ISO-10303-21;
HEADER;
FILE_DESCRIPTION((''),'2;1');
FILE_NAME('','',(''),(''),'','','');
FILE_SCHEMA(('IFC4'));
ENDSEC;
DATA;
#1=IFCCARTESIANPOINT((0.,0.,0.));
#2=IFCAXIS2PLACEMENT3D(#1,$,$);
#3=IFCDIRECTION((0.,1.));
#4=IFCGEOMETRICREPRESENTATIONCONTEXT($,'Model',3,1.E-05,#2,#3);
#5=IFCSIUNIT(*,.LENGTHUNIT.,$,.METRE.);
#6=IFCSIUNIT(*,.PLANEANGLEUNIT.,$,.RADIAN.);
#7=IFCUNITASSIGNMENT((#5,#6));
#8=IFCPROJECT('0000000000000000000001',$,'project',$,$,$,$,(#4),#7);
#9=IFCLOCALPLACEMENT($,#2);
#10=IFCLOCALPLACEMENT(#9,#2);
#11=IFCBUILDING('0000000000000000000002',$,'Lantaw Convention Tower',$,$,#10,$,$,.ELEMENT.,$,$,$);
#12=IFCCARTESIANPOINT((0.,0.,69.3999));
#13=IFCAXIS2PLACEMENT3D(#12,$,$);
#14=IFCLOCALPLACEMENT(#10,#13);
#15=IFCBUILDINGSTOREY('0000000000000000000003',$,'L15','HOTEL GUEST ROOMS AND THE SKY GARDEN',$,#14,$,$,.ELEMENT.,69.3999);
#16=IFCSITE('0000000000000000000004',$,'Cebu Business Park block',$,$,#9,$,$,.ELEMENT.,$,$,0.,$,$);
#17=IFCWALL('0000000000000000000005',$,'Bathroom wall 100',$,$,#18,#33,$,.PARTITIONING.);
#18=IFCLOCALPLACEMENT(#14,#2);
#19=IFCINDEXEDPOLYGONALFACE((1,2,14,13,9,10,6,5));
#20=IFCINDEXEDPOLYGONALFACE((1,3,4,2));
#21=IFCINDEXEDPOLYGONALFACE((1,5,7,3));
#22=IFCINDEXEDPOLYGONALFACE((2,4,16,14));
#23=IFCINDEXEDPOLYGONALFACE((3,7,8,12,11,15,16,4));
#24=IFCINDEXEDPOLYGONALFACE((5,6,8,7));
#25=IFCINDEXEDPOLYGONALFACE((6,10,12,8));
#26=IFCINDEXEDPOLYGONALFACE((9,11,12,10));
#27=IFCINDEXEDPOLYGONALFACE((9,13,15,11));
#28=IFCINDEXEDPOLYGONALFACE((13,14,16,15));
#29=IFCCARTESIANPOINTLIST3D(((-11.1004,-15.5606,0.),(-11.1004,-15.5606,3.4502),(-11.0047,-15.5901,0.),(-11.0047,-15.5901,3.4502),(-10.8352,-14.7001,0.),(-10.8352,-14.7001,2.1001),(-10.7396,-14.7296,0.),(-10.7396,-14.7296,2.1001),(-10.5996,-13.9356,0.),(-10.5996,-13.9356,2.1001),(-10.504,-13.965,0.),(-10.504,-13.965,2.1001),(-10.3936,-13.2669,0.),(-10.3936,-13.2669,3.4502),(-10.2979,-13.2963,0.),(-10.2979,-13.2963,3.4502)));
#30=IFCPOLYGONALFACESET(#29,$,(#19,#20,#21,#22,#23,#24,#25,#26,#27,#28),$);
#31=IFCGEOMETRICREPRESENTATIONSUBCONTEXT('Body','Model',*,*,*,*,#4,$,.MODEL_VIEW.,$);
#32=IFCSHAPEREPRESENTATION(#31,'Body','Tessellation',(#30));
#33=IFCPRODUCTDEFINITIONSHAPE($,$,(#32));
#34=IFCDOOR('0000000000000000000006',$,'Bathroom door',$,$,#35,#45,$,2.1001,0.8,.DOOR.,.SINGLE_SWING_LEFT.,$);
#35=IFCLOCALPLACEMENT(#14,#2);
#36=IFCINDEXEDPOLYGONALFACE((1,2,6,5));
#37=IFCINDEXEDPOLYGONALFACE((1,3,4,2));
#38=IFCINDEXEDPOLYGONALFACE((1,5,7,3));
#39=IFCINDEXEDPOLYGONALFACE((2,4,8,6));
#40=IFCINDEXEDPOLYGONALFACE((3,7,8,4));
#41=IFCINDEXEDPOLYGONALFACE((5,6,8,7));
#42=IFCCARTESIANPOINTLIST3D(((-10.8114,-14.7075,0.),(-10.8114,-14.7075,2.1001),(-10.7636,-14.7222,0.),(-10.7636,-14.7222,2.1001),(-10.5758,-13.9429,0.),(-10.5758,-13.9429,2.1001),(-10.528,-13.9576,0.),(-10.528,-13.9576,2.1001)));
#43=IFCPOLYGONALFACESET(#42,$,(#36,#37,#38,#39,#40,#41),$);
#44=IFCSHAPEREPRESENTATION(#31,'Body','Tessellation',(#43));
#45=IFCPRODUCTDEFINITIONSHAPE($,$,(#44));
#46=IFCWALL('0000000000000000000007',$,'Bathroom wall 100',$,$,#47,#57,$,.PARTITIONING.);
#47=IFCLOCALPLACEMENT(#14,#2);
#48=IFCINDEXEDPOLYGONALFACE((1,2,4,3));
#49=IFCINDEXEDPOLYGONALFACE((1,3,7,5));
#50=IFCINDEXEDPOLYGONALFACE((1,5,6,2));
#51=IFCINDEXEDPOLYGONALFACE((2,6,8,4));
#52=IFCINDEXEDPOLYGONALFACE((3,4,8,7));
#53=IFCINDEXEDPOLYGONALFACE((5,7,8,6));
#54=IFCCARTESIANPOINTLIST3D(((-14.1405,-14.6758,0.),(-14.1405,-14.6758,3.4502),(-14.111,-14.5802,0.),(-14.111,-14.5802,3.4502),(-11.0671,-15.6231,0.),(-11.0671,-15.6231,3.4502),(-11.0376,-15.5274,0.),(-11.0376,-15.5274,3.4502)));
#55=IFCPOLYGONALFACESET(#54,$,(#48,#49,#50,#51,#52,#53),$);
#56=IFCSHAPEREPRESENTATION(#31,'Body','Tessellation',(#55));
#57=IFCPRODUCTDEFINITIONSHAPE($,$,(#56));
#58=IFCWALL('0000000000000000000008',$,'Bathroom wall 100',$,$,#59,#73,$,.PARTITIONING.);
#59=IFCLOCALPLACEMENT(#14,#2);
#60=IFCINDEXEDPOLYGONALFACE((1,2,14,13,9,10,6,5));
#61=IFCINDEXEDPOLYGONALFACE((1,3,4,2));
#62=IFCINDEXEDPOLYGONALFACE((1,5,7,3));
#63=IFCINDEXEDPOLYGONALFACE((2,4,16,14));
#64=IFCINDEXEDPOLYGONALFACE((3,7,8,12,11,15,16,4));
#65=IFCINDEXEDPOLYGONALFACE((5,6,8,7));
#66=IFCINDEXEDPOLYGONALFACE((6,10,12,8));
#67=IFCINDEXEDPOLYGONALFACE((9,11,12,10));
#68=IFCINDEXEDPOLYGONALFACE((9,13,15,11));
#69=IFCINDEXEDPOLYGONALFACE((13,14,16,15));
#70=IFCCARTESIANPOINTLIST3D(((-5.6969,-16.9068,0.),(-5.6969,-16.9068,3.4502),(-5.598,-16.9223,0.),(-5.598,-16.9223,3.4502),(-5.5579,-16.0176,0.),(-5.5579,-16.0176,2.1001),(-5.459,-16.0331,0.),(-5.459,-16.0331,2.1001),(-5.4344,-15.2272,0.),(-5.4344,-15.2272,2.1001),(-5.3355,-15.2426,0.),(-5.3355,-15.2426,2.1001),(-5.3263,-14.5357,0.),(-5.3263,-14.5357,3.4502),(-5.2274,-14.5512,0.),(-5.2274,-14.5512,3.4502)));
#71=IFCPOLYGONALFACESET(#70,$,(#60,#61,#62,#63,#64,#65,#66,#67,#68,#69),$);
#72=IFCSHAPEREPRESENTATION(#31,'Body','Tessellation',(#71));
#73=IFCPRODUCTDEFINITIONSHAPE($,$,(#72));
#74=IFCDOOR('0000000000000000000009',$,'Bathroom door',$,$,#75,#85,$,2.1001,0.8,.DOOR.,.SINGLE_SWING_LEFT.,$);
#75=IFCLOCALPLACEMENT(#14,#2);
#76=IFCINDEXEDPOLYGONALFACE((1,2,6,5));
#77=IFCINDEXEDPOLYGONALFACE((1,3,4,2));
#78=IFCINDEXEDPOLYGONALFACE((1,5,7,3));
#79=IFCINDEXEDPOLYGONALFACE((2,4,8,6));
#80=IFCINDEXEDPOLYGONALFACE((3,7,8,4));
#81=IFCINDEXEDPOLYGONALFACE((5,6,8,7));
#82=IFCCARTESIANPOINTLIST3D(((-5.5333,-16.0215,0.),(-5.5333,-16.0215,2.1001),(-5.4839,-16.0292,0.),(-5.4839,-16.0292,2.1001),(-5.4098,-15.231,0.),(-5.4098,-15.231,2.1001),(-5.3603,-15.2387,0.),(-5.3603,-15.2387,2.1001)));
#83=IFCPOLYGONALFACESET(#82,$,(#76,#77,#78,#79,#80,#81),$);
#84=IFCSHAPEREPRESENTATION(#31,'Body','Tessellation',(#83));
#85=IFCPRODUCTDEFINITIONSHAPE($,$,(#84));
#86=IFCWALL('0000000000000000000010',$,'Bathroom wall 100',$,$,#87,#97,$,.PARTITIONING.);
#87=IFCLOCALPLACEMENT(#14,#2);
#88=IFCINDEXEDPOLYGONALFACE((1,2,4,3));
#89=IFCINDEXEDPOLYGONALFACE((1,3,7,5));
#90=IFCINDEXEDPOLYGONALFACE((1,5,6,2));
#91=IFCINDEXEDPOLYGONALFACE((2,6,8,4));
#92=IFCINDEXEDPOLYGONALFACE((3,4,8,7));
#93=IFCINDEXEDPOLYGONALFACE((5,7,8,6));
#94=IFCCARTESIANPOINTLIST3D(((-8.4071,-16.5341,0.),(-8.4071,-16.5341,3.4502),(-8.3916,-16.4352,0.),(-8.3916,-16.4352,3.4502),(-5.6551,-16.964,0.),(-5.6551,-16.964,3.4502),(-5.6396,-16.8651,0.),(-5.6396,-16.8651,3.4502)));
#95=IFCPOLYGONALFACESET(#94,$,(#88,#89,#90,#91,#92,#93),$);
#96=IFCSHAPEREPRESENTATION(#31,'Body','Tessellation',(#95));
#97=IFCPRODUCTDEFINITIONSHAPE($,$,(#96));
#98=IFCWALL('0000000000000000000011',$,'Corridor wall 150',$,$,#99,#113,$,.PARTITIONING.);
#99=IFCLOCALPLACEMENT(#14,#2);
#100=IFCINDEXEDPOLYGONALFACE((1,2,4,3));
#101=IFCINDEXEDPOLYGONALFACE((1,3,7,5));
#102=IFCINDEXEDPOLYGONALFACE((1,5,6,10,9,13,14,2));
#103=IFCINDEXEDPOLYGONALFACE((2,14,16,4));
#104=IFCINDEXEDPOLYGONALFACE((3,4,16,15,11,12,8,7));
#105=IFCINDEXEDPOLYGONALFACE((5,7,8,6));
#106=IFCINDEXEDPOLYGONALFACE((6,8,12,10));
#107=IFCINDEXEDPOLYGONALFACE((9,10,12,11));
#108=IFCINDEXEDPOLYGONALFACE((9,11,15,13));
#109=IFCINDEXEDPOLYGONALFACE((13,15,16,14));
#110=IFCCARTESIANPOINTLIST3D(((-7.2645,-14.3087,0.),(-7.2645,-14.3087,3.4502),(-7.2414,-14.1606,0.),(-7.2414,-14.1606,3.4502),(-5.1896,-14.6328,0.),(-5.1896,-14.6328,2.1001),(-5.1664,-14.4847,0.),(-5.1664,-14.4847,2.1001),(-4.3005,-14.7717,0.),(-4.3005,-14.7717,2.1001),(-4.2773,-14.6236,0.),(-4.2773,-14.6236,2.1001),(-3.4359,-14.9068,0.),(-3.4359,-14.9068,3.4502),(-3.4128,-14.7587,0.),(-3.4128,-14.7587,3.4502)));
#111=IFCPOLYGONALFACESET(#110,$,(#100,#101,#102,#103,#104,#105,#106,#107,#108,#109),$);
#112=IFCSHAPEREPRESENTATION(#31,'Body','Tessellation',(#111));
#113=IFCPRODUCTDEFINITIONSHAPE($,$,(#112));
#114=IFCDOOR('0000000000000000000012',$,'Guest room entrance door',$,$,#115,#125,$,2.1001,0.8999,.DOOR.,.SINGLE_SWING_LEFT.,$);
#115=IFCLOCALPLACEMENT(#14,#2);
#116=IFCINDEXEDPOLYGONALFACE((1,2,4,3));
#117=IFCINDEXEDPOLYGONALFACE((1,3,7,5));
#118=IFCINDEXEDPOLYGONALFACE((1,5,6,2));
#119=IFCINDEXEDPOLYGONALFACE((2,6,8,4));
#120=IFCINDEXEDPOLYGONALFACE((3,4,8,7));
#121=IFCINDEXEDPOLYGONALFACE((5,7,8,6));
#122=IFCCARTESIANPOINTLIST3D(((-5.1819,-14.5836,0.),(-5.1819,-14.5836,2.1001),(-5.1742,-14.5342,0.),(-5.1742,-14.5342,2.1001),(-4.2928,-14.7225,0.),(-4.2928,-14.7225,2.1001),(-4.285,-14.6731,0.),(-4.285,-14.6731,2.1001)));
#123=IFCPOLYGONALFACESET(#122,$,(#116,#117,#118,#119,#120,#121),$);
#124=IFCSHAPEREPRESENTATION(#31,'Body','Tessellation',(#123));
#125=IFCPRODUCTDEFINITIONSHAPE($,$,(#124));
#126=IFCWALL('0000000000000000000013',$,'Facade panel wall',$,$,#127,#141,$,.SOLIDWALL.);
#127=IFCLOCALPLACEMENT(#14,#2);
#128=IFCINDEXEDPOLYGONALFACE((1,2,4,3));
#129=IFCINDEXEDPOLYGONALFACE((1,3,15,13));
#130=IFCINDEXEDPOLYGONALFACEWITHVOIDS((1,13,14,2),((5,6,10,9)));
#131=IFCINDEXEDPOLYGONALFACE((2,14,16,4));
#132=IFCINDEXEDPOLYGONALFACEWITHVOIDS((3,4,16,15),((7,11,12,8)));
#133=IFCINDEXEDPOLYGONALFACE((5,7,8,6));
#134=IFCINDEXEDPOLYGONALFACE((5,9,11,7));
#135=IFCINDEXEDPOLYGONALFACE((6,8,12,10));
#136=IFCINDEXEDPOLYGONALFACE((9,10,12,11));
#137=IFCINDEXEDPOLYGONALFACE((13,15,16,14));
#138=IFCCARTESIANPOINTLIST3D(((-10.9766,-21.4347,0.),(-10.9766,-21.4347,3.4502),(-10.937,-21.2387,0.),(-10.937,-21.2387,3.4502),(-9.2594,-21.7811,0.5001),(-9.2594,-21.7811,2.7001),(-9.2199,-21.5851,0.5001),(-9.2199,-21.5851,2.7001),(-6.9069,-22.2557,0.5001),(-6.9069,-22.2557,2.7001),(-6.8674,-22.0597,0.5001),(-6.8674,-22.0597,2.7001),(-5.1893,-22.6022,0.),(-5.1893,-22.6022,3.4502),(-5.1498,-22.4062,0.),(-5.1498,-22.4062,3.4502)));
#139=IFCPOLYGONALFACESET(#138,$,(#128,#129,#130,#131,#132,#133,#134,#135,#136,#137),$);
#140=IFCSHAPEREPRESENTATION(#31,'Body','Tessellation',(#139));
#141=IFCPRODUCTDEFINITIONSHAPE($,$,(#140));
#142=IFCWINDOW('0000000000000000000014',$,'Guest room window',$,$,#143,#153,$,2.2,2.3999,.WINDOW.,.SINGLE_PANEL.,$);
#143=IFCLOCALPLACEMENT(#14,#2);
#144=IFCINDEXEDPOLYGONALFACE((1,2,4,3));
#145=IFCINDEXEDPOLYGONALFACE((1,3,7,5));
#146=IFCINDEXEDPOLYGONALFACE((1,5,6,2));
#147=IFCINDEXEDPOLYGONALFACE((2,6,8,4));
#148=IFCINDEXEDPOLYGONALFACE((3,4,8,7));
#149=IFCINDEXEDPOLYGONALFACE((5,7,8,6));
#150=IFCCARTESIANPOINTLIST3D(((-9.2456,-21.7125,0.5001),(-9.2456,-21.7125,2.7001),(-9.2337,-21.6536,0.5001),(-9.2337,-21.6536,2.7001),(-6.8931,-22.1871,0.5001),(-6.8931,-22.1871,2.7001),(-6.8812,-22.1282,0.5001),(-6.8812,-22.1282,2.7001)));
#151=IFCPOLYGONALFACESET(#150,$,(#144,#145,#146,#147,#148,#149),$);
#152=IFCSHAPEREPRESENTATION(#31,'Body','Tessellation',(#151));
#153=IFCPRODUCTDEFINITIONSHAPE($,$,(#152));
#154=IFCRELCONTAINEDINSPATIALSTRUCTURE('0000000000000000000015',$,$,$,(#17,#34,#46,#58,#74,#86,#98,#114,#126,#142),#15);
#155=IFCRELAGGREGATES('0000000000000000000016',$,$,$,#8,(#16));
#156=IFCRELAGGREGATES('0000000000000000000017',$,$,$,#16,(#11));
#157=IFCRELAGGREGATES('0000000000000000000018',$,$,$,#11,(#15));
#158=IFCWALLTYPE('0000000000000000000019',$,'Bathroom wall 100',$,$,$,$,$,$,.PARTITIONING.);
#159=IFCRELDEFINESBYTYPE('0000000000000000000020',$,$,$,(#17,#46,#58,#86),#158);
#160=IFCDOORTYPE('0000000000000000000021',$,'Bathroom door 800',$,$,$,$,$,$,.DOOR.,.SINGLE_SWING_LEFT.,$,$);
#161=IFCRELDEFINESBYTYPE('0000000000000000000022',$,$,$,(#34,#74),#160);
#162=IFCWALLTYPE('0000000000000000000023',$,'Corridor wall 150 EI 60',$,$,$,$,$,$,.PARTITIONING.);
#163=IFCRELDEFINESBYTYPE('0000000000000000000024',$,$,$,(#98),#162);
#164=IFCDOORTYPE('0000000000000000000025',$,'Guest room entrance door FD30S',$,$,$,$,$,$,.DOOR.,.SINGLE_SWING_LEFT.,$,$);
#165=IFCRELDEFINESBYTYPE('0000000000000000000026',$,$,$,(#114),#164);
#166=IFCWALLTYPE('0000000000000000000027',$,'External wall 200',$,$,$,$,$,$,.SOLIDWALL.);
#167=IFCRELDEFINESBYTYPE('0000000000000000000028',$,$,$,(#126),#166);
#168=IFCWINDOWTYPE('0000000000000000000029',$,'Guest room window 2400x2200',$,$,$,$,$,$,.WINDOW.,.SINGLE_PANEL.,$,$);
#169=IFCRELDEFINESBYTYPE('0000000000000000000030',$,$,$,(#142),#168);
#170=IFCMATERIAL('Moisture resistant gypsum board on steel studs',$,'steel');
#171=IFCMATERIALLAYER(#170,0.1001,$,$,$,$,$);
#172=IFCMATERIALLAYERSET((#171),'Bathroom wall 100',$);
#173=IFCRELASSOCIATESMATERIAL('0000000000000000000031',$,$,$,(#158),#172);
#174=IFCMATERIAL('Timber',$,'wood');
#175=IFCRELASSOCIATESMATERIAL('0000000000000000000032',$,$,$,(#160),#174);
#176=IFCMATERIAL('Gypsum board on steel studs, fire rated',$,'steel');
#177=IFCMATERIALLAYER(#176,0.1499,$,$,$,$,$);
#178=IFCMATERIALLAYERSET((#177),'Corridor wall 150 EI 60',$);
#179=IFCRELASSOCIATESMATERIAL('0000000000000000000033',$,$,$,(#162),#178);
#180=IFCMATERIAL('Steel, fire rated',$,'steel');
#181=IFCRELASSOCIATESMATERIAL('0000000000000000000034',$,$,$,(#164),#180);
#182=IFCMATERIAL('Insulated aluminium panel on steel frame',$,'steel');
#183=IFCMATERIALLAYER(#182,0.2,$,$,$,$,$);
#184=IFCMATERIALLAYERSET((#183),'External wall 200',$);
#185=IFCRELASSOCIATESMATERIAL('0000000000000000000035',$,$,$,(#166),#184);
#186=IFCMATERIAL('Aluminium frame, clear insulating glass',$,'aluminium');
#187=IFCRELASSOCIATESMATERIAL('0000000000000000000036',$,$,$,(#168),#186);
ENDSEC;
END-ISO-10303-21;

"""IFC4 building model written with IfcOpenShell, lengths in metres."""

from ifc_helpers import new_model, si_unit, direction, frame, frame_2d, origin, place, context, subcontext, project, spatial, rectangle, extrude, material, layer, layer_set, type_object, element, fill, save


model = new_model("IFC4")

# Units and contexts
model_context = context("Model", 3, precision=1e-05, world=origin(), true_north=direction((0.0, 1.0)))
body_context = subcontext(model_context, "Body", "Model", "MODEL_VIEW")
ifc_project = project(units=[si_unit("LENGTHUNIT", "METRE"), si_unit("PLANEANGLEUNIT", "RADIAN")], contexts=[model_context])

# Site, building, storey
site_placement = place(None, origin())
site = spatial("IfcSite", under=ifc_project, at=site_placement, Name="Cebu Business Park block", CompositionType="ELEMENT", RefElevation=0.0)
building_placement = place(site_placement, origin())
building = spatial("IfcBuilding", under=site, at=building_placement, Name="Lantaw Convention Tower", CompositionType="ELEMENT")
storey_placement = place(building_placement, frame((0.0, 0.0, 69.3999)))
storey = spatial("IfcBuildingStorey", under=building, at=storey_placement, Name="L15", Description="HOTEL GUEST ROOMS AND THE SKY GARDEN", CompositionType="ELEMENT", Elevation=69.3999)

# Wall, opening, door
ifc_material_1 = material(Name="Moisture resistant gypsum board on steel studs", Category="steel")
ifc_layer_1 = layer(ifc_material_1, 0.1001)
ifc_layer_set_1 = layer_set([ifc_layer_1], Name="Bathroom wall 100")
wall_type_1 = type_object("IfcWallType", Name="Bathroom wall 100", PredefinedType="PARTITIONING", material=ifc_layer_set_1)
wall_1_placement = place(storey_placement, frame((-10.3457, -13.2815, 0.0), z_axis=(0.0, 0.0, 1.0), x_axis=(-0.294479, -0.955658, 0.0)))
wall_1 = element("IfcWall", 1, at=wall_1_placement, inside=storey, type_object=wall_type_1, Name="Bathroom wall 100", PredefinedType="PARTITIONING", context=body_context, shape_type="SweptSolid", body=[
    extrude(rectangle(XDim=2.4001, YDim=0.1001, at=frame_2d((1.2002, 0.0))), origin(), (0.0, 0.0, 1.0), 3.4502),
])
opening_1_placement = place(wall_1_placement, frame((0.7, 0.0, 0.0)))
opening_1 = element("IfcOpeningElement", 2, at=opening_1_placement, cuts=wall_1, PredefinedType="OPENING", context=body_context, shape_type="SweptSolid", body=[
    extrude(rectangle(XDim=0.8, YDim=2.1001, at=frame_2d((0.3999, 1.05))), frame((0.0, 0.0601, 0.0), z_axis=(0.0, -1.0, 0.0), x_axis=(1.0, 0.0, 0.0)), (0.0, 0.0, 1.0), 0.1201),
])
ifc_material_2 = material(Name="Timber", Category="wood")
door_type_1 = type_object("IfcDoorType", Name="Bathroom door 800", OperationType="SINGLE_SWING_LEFT", PredefinedType="DOOR", material=ifc_material_2)
door_1_placement = place(opening_1_placement, origin())
door_1 = element("IfcDoor", 3, at=door_1_placement, inside=storey, type_object=door_type_1, Name="Bathroom door", OperationType="SINGLE_SWING_LEFT", OverallHeight=2.1001, OverallWidth=0.8, PredefinedType="DOOR", context=body_context, shape_type="SweptSolid", body=[
    extrude(rectangle(XDim=0.8, YDim=2.1001, at=frame_2d((0.3999, 1.05))), frame((0.0, 0.0249, 0.0), z_axis=(0.0, -1.0, 0.0), x_axis=(1.0, 0.0, 0.0)), (0.0, 0.0, 1.0), 0.05),
])
fill(opening_1, door_1)

# Wall
wall_2_placement = place(storey_placement, frame((-11.0525, -15.5752, 0.0), z_axis=(0.0, 0.0, 1.0), x_axis=(-0.955641, 0.294534, 0.0)))
element("IfcWall", 4, at=wall_2_placement, inside=storey, type_object=wall_type_1, Name="Bathroom wall 100", PredefinedType="PARTITIONING", context=body_context, shape_type="SweptSolid", body=[
    extrude(rectangle(XDim=3.2161, YDim=0.1001, at=frame_2d((1.6079, 0.0))), origin(), (0.0, 0.0, 1.0), 3.4502),
])

# Wall, opening, door
wall_3_placement = place(storey_placement, frame((-5.2769, -14.5435, 0.0), z_axis=(0.0, 0.0, 1.0), x_axis=(-0.154427, -0.988004, 0.0)))
wall_3 = element("IfcWall", 5, at=wall_3_placement, inside=storey, type_object=wall_type_1, Name="Bathroom wall 100", PredefinedType="PARTITIONING", context=body_context, shape_type="SweptSolid", body=[
    extrude(rectangle(XDim=2.3999, YDim=0.1001, at=frame_2d((1.2, 0.0))), origin(), (0.0, 0.0, 1.0), 3.4502),
])
opening_2_placement = place(wall_3_placement, frame((0.7, 0.0, 0.0)))
opening_2 = element("IfcOpeningElement", 6, at=opening_2_placement, cuts=wall_3, PredefinedType="OPENING", context=body_context, shape_type="SweptSolid", body=[
    extrude(rectangle(XDim=0.8, YDim=2.1001, at=frame_2d((0.3999, 1.05))), frame((0.0, 0.0601, 0.0), z_axis=(0.0, -1.0, 0.0), x_axis=(1.0, 0.0, 0.0)), (0.0, 0.0, 1.0), 0.1201),
])
door_2_placement = place(opening_2_placement, origin())
door_2 = element("IfcDoor", 7, at=door_2_placement, inside=storey, type_object=door_type_1, Name="Bathroom door", OperationType="SINGLE_SWING_LEFT", OverallHeight=2.1001, OverallWidth=0.8, PredefinedType="DOOR", context=body_context, shape_type="SweptSolid", body=[
    extrude(rectangle(XDim=0.8, YDim=2.1001, at=frame_2d((0.3999, 1.05))), frame((0.0, 0.0249, 0.0), z_axis=(0.0, -1.0, 0.0), x_axis=(1.0, 0.0, 0.0)), (0.0, 0.0, 1.0), 0.05),
])
fill(opening_2, door_2)

# Wall
wall_4_placement = place(storey_placement, frame((-5.6475, -16.9146, 0.0), z_axis=(0.0, 0.0, 1.0), x_axis=(-0.988015, 0.154355, 0.0)))
element("IfcWall", 8, at=wall_4_placement, inside=storey, type_object=wall_type_1, Name="Bathroom wall 100", PredefinedType="PARTITIONING", context=body_context, shape_type="SweptSolid", body=[
    extrude(rectangle(XDim=2.7854, YDim=0.1001, at=frame_2d((1.3926, 0.0))), origin(), (0.0, 0.0, 1.0), 3.4502),
])

# Wall, opening, door
ifc_material_3 = material(Name="Gypsum board on steel studs, fire rated", Category="steel")
ifc_layer_2 = layer(ifc_material_3, 0.1499)
ifc_layer_set_2 = layer_set([ifc_layer_2], Name="Corridor wall 150 EI 60")
wall_type_2 = type_object("IfcWallType", Name="Corridor wall 150 EI 60", PredefinedType="PARTITIONING", material=ifc_layer_set_2)
wall_5_placement = place(storey_placement, frame((-7.2529, -14.2346, 0.0), z_axis=(0.0, 0.0, 1.0), x_axis=(0.988015, -0.154358, 0.0)))
wall_5 = element("IfcWall", 9, at=wall_5_placement, inside=storey, type_object=wall_type_2, Name="Corridor wall 150", PredefinedType="PARTITIONING", context=body_context, shape_type="SweptSolid", body=[
    extrude(rectangle(XDim=3.875, YDim=0.1499, at=frame_2d((1.9375, 0.0))), origin(), (0.0, 0.0, 1.0), 3.4502),
])
opening_3_placement = place(wall_5_placement, frame((2.1001, 0.0, 0.0)))
opening_3 = element("IfcOpeningElement", 10, at=opening_3_placement, cuts=wall_5, PredefinedType="OPENING", context=body_context, shape_type="SweptSolid", body=[
    extrude(rectangle(XDim=0.8999, YDim=2.1001, at=frame_2d((0.45, 1.05))), frame((0.0, 0.085, 0.0), z_axis=(0.0, -1.0, 0.0), x_axis=(1.0, 0.0, 0.0)), (0.0, 0.0, 1.0), 0.1699),
])
ifc_material_4 = material(Name="Steel, fire rated", Category="steel")
door_type_2 = type_object("IfcDoorType", Name="Guest room entrance door FD30S", OperationType="SINGLE_SWING_LEFT", PredefinedType="DOOR", material=ifc_material_4)
door_3_placement = place(opening_3_placement, origin())
door_3 = element("IfcDoor", 11, at=door_3_placement, inside=storey, type_object=door_type_2, Name="Guest room entrance door", OperationType="SINGLE_SWING_LEFT", OverallHeight=2.1001, OverallWidth=0.8999, PredefinedType="DOOR", context=body_context, shape_type="SweptSolid", body=[
    extrude(rectangle(XDim=0.8999, YDim=2.1001, at=frame_2d((0.45, 1.05))), frame((0.0, 0.0249, 0.0), z_axis=(0.0, -1.0, 0.0), x_axis=(1.0, 0.0, 0.0)), (0.0, 0.0, 1.0), 0.05),
])
fill(opening_3, door_3)

# Wall, opening, window
ifc_material_5 = material(Name="Insulated aluminium panel on steel frame", Category="steel")
ifc_layer_3 = layer(ifc_material_5, 0.2)
ifc_layer_set_3 = layer_set([ifc_layer_3], Name="External wall 200")
wall_type_3 = type_object("IfcWallType", Name="External wall 200", PredefinedType="SOLIDWALL", material=ifc_layer_set_3)
wall_6_placement = place(storey_placement, frame((-10.9568, -21.3367, 0.0), z_axis=(0.0, 0.0, 1.0), x_axis=(0.980252, -0.197754, 0.0)))
wall_6 = element("IfcWall", 12, at=wall_6_placement, inside=storey, type_object=wall_type_3, Name="Facade panel wall", PredefinedType="SOLIDWALL", context=body_context, shape_type="SweptSolid", body=[
    extrude(rectangle(XDim=5.9038, YDim=0.2, at=frame_2d((2.9519, 0.0))), origin(), (0.0, 0.0, 1.0), 3.4502),
])
opening_4_placement = place(wall_6_placement, frame((1.7517, 0.0, 0.5)))
opening_4 = element("IfcOpeningElement", 13, at=opening_4_placement, cuts=wall_6, PredefinedType="OPENING", context=body_context, shape_type="SweptSolid", body=[
    extrude(rectangle(XDim=2.3999, YDim=2.2, at=frame_2d((1.2, 1.1001))), frame((0.0, 0.1099, 0.0), z_axis=(0.0, -1.0, 0.0), x_axis=(1.0, 0.0, 0.0)), (0.0, 0.0, 1.0), 0.22),
])
ifc_material_6 = material(Name="Aluminium frame, clear insulating glass", Category="aluminium")
window_type = type_object("IfcWindowType", Name="Guest room window 2400x2200", PartitioningType="SINGLE_PANEL", PredefinedType="WINDOW", material=ifc_material_6)
window_1_placement = place(opening_4_placement, origin())
window_1 = element("IfcWindow", 14, at=window_1_placement, inside=storey, type_object=window_type, Name="Guest room window", OverallHeight=2.2, OverallWidth=2.3999, PartitioningType="SINGLE_PANEL", PredefinedType="WINDOW", context=body_context, shape_type="SweptSolid", body=[
    extrude(rectangle(XDim=2.3999, YDim=2.2, at=frame_2d((1.2, 1.1001))), frame((0.0, 0.03, 0.0), z_axis=(0.0, -1.0, 0.0), x_axis=(1.0, 0.0, 0.0)), (0.0, 0.0, 1.0), 0.0601),
])
fill(opening_4, window_1)

save(model, "model.ifc")
